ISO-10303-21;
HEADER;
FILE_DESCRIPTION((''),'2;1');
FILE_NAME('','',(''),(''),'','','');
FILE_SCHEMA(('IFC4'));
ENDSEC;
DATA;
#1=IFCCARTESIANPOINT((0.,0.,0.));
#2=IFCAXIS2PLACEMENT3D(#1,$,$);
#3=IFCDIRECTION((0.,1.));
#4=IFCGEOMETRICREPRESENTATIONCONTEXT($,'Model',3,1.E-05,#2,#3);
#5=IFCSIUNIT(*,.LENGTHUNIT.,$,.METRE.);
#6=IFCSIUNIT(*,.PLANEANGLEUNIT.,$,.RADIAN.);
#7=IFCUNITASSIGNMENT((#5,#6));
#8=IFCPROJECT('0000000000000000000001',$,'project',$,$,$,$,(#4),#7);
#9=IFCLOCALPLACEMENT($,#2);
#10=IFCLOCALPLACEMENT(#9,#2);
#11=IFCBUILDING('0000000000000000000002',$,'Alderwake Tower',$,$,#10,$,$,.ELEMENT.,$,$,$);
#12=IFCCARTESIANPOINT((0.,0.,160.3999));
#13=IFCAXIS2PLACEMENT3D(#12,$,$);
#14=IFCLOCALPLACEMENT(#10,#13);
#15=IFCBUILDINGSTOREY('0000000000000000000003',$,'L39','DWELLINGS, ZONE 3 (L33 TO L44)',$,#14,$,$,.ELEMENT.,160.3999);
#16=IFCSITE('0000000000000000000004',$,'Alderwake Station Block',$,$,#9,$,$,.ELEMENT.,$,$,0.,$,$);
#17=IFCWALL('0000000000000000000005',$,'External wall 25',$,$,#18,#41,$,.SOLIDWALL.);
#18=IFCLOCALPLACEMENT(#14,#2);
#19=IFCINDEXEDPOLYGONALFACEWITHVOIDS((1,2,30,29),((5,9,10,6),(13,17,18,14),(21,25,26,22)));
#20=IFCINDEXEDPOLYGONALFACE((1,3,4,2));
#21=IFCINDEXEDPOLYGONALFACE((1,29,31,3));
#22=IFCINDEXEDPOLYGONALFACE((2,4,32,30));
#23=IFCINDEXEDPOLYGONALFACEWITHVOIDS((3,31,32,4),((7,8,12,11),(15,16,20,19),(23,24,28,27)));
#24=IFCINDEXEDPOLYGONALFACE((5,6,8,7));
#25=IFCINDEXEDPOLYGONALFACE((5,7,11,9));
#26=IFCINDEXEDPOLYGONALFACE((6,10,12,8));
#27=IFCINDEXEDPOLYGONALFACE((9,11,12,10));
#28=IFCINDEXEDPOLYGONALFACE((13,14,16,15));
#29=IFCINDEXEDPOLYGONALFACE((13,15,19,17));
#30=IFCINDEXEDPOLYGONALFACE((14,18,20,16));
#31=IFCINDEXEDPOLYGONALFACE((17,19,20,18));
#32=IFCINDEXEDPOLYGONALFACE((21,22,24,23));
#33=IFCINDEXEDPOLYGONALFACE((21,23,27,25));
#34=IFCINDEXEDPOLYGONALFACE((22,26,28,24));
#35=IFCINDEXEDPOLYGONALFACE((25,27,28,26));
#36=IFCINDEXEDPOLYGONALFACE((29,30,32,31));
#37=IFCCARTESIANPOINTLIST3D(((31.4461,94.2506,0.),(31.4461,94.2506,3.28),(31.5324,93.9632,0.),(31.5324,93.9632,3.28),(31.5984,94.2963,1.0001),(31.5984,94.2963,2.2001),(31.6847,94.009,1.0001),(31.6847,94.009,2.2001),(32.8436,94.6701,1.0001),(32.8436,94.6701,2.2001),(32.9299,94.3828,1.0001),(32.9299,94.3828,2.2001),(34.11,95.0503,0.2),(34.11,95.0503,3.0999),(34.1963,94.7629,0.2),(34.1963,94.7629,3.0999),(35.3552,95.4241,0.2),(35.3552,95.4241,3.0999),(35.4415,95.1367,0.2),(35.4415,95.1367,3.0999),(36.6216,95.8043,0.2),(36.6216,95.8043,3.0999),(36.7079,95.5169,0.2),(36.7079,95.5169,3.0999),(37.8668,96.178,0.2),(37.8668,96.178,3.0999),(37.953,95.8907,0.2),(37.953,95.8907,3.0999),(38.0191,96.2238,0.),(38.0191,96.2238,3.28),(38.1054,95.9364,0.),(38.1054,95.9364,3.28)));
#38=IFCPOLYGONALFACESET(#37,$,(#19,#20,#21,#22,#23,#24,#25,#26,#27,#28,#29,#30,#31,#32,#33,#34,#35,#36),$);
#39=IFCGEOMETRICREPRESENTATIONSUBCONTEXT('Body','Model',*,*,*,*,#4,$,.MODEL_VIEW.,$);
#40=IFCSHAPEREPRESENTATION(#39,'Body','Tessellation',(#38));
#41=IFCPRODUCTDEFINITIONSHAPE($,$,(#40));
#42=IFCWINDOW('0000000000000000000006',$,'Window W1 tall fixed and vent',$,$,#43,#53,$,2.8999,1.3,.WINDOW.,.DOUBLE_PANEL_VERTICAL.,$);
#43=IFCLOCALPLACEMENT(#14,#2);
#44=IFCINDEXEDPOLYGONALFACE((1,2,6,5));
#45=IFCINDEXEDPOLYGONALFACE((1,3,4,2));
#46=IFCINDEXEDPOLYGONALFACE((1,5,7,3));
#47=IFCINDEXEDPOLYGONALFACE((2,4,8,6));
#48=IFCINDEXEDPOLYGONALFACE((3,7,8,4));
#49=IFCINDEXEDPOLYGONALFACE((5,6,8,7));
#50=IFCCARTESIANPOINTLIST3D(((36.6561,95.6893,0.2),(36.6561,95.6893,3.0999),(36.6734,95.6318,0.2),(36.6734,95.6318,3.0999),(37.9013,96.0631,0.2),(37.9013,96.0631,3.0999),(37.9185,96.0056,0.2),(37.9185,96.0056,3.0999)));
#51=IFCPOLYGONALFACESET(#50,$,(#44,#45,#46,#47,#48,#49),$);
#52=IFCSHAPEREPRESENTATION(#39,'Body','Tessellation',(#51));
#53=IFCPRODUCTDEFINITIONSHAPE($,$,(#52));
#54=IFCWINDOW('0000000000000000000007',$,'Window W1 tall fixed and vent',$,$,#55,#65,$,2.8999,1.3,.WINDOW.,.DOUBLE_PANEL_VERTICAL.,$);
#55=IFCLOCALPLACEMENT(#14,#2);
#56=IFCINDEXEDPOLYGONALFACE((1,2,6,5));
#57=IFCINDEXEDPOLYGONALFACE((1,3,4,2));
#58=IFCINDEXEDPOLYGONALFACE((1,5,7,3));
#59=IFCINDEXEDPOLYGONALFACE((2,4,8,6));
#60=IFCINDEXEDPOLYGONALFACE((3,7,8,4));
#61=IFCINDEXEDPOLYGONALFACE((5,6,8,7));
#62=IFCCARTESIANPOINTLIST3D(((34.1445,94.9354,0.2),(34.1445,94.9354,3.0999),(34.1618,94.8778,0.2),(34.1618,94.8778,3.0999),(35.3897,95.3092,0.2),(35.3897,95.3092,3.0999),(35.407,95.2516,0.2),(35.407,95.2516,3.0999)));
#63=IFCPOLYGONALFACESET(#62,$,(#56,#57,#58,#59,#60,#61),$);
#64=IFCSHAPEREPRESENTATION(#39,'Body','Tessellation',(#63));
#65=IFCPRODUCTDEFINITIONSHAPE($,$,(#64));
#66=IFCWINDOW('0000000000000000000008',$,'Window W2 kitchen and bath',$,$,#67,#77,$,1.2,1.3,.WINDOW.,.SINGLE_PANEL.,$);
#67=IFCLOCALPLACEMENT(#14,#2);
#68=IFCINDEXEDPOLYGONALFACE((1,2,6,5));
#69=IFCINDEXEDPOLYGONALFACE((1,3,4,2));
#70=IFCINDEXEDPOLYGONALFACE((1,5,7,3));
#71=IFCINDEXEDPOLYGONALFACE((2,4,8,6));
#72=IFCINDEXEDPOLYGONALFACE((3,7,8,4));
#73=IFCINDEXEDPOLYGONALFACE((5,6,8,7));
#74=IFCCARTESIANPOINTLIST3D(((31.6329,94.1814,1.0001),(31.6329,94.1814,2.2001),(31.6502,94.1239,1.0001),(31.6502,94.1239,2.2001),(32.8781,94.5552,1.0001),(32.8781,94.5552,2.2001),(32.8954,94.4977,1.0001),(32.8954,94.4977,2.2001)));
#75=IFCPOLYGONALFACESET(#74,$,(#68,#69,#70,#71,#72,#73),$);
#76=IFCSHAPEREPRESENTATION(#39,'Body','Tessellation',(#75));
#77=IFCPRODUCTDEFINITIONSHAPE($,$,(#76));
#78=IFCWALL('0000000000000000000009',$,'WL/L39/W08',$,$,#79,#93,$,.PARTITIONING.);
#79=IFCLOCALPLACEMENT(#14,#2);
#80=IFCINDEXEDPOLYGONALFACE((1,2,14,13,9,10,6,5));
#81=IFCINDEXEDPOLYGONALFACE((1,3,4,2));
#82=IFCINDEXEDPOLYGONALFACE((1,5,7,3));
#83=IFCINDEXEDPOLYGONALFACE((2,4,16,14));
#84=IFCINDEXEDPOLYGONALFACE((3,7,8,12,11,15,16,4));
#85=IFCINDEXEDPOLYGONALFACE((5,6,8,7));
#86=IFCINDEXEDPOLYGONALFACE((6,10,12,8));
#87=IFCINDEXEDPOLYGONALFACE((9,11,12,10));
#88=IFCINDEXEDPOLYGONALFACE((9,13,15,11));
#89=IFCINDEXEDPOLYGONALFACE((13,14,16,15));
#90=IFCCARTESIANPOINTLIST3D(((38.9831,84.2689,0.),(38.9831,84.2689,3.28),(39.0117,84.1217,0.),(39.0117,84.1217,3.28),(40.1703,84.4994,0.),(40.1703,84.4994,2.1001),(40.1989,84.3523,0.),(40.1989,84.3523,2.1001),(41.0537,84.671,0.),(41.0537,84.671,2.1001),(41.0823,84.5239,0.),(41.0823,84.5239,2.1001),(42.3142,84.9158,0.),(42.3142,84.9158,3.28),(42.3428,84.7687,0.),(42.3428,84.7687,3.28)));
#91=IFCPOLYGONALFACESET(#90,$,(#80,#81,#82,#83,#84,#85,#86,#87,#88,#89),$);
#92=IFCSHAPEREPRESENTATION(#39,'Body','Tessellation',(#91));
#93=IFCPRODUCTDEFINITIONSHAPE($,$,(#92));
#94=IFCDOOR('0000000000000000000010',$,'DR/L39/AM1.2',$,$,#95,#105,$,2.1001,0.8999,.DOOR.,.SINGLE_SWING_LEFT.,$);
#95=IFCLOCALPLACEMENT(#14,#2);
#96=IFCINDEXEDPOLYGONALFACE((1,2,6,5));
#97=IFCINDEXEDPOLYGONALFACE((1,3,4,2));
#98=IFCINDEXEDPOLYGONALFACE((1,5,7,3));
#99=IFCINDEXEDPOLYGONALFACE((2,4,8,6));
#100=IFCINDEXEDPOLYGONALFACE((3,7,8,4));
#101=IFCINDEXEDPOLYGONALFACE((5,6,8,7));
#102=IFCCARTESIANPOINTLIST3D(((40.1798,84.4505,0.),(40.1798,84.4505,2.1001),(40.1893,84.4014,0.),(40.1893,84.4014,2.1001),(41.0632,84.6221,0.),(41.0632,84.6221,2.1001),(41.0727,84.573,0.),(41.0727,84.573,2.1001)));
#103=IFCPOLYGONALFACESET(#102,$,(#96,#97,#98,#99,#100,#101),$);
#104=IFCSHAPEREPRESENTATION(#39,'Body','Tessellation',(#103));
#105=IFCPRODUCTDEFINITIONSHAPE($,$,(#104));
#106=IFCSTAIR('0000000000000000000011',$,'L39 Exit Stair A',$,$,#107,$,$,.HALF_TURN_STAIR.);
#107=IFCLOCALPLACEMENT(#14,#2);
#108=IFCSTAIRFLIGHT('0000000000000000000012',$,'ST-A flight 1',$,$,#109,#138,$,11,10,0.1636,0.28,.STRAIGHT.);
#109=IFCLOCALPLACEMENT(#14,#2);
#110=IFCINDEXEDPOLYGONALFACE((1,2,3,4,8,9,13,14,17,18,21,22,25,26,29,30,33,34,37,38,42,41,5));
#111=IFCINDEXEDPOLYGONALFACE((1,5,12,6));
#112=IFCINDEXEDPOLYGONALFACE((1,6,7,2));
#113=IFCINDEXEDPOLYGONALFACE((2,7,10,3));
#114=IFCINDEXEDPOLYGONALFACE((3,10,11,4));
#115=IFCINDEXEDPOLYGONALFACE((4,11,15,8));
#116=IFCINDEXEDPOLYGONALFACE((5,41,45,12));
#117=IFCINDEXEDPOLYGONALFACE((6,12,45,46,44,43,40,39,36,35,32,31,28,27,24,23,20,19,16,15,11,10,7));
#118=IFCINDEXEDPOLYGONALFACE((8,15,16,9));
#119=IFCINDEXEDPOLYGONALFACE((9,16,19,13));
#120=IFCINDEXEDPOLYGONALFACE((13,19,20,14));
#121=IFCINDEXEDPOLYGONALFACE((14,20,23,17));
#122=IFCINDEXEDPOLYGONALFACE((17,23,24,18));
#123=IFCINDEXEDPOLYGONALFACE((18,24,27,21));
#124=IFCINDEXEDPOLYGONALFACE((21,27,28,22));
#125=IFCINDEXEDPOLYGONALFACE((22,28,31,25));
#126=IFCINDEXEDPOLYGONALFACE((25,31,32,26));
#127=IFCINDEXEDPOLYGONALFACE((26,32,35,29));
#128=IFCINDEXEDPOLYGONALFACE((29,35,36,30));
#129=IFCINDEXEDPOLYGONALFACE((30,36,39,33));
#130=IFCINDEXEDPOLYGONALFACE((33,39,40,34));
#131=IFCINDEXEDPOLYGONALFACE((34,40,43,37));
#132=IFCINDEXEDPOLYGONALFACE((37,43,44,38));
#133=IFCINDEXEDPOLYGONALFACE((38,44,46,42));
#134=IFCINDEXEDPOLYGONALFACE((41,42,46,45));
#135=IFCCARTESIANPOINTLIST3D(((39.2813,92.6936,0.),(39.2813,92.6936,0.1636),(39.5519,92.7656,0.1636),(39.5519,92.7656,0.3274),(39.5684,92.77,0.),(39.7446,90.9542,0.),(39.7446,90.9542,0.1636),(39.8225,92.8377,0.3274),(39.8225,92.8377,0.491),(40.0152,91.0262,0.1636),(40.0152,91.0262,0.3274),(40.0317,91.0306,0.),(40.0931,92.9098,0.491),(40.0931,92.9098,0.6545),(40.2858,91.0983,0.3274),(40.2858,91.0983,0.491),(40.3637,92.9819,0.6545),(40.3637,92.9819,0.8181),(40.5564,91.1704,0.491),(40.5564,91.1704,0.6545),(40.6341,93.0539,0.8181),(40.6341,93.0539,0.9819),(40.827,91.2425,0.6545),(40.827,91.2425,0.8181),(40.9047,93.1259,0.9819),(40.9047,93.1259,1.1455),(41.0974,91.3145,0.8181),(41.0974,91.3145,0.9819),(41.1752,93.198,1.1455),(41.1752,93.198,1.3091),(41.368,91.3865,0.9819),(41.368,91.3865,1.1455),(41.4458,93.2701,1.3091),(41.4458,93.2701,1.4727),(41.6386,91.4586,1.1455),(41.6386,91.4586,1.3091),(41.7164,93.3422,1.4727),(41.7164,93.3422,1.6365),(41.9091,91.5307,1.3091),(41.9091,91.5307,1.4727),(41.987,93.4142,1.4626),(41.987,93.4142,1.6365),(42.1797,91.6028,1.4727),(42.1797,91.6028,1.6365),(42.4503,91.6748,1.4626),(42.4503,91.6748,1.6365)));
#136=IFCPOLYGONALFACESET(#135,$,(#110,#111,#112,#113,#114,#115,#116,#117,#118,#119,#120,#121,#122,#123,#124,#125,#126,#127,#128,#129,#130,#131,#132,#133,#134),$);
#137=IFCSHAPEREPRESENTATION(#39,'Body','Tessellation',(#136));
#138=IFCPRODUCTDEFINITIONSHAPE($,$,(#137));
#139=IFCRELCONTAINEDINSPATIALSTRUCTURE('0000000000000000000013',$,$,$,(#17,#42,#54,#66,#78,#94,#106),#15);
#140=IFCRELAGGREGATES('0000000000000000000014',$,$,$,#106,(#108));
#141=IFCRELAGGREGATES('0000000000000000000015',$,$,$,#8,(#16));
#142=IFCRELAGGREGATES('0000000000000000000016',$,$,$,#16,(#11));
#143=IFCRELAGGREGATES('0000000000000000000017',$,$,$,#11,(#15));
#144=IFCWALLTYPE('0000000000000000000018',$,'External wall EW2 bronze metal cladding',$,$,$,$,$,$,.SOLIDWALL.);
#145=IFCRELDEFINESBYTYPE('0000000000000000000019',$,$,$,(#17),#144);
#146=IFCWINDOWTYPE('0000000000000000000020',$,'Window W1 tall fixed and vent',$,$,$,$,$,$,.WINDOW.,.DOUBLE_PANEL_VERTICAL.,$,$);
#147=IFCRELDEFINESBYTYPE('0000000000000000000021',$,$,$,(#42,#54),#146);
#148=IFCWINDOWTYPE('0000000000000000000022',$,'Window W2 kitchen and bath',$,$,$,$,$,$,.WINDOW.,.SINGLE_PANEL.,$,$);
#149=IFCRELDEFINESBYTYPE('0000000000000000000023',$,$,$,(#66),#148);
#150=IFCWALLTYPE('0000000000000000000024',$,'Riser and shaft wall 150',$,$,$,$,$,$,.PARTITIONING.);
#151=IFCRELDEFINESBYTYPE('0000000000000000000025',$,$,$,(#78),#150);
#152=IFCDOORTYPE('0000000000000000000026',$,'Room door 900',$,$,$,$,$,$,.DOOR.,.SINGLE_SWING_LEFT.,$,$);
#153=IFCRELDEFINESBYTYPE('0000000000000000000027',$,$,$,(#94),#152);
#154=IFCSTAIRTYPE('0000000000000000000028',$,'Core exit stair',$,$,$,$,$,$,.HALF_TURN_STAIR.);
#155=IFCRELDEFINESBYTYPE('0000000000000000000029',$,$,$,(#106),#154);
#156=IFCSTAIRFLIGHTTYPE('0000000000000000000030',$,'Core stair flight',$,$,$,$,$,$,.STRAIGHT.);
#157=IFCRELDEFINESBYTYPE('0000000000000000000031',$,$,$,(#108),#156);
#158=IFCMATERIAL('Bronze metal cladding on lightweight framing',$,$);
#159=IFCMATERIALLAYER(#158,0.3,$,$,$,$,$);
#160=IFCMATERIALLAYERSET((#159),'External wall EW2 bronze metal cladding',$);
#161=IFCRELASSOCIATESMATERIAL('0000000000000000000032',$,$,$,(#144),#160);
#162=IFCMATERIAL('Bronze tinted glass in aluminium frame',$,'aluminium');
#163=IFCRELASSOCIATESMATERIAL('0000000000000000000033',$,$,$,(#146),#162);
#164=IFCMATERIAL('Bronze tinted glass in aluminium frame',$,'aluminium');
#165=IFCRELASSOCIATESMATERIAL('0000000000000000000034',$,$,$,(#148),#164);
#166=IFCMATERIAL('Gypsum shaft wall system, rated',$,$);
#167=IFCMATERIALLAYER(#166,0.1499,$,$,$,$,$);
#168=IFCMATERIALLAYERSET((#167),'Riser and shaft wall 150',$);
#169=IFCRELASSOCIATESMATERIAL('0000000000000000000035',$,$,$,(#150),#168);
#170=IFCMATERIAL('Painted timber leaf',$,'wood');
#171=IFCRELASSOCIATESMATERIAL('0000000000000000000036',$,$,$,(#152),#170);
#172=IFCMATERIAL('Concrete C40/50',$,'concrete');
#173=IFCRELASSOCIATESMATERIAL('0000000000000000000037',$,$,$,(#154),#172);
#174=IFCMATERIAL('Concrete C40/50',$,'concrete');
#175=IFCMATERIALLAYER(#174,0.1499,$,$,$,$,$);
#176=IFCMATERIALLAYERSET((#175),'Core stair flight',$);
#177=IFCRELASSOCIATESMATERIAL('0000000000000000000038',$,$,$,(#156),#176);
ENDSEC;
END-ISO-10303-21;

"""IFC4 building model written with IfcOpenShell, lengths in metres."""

from ifc_helpers import new_model, si_unit, direction, frame, frame_2d, origin, place, context, subcontext, project, spatial, polyline, rectangle, outline, extrude, material, layer, layer_set, type_object, element, fill, aggregate, save


model = new_model("IFC4")

# Units and contexts
model_context = context("Model", 3, precision=1e-05, world=origin(), true_north=direction((0.0, 1.0)))
body_context = subcontext(model_context, "Body", "Model", "MODEL_VIEW")
ifc_project = project(units=[si_unit("LENGTHUNIT", "METRE"), si_unit("PLANEANGLEUNIT", "RADIAN")], contexts=[model_context])

# Site, building, storey
site_placement = place(None, origin())
site = spatial("IfcSite", under=ifc_project, at=site_placement, Name="Alderwake Station Block", CompositionType="ELEMENT", RefElevation=0.0)
building_placement = place(site_placement, origin())
building = spatial("IfcBuilding", under=site, at=building_placement, Name="Alderwake Tower", CompositionType="ELEMENT")
storey_placement = place(building_placement, frame((0.0, 0.0, 160.3999)))
storey = spatial("IfcBuildingStorey", under=building, at=storey_placement, Name="L39", Description="DWELLINGS, ZONE 3 (L33 TO L44)", CompositionType="ELEMENT", Elevation=160.3999)

# Shared definitions
ifc_material_1 = material(Name="Bronze metal cladding on lightweight framing")
ifc_layer_1 = layer(ifc_material_1, 0.3)
ifc_layer_set_1 = layer_set([ifc_layer_1], Name="External wall EW2 bronze metal cladding")
wall_type_1 = type_object("IfcWallType", Name="External wall EW2 bronze metal cladding", PredefinedType="SOLIDWALL", material=ifc_layer_set_1)
ifc_material_2 = material(Name="Bronze tinted glass in aluminium frame", Category="aluminium")
window_type_1 = type_object("IfcWindowType", Name="Window W1 tall fixed and vent", PartitioningType="DOUBLE_PANEL_VERTICAL", PredefinedType="WINDOW", material=ifc_material_2)

# Wall, openings, windows
wall_1_placement = place(storey_placement, frame((38.0623, 96.0801, 0.0), z_axis=(0.0, 0.0, 1.0), x_axis=(-0.957776, -0.287514, 0.0)))
wall_1 = element("IfcWall", 1, at=wall_1_placement, inside=storey, type_object=wall_type_1, Name="External wall 25", PredefinedType="SOLIDWALL", context=body_context, shape_type="SweptSolid", body=[
    extrude(rectangle(XDim=6.8628, YDim=0.3, at=frame_2d((3.4314, 0.0))), origin(), (0.0, 0.0, 1.0), 3.28),
])
opening_1_placement = place(wall_1_placement, frame((0.1592, 0.0, 0.2)))
opening_1 = element("IfcOpeningElement", 2, at=opening_1_placement, cuts=wall_1, PredefinedType="OPENING", context=body_context, shape_type="SweptSolid", body=[
    extrude(rectangle(XDim=1.3, YDim=2.8999, at=frame_2d((0.6499, 1.45))), frame((0.0, 0.1599, 0.0), z_axis=(0.0, -1.0, 0.0), x_axis=(1.0, 0.0, 0.0)), (0.0, 0.0, 1.0), 0.3201),
])
opening_2_placement = place(wall_1_placement, frame((2.7815, 0.0, 0.2)))
opening_2 = element("IfcOpeningElement", 3, at=opening_2_placement, cuts=wall_1, PredefinedType="OPENING", context=body_context, shape_type="SweptSolid", body=[
    extrude(rectangle(XDim=1.3, YDim=2.8999, at=frame_2d((0.6499, 1.45))), frame((0.0, 0.1599, 0.0), z_axis=(0.0, -1.0, 0.0), x_axis=(1.0, 0.0, 0.0)), (0.0, 0.0, 1.0), 0.3201),
])
opening_3_placement = place(wall_1_placement, frame((5.4038, 0.0, 1.0)))
opening_3 = element("IfcOpeningElement", 4, at=opening_3_placement, cuts=wall_1, PredefinedType="OPENING", context=body_context, shape_type="SweptSolid", body=[
    extrude(rectangle(XDim=1.3, YDim=1.2, at=frame_2d((0.6499, 0.6001))), frame((0.0, 0.1599, 0.0), z_axis=(0.0, -1.0, 0.0), x_axis=(1.0, 0.0, 0.0)), (0.0, 0.0, 1.0), 0.3201),
])
window_1_placement = place(opening_1_placement, origin())
window_1 = element("IfcWindow", 5, at=window_1_placement, inside=storey, type_object=window_type_1, Name="Window W1 tall fixed and vent", OverallHeight=2.8999, OverallWidth=1.3, PartitioningType="DOUBLE_PANEL_VERTICAL", PredefinedType="WINDOW", context=body_context, shape_type="SweptSolid", body=[
    extrude(rectangle(XDim=1.3, YDim=2.8999, at=frame_2d((0.6499, 1.45))), frame((0.0, 0.03, 0.0), z_axis=(0.0, -1.0, 0.0), x_axis=(1.0, 0.0, 0.0)), (0.0, 0.0, 1.0), 0.0601),
])
fill(opening_1, window_1)
window_2_placement = place(opening_2_placement, origin())
window_2 = element("IfcWindow", 6, at=window_2_placement, inside=storey, type_object=window_type_1, Name="Window W1 tall fixed and vent", OverallHeight=2.8999, OverallWidth=1.3, PartitioningType="DOUBLE_PANEL_VERTICAL", PredefinedType="WINDOW", context=body_context, shape_type="SweptSolid", body=[
    extrude(rectangle(XDim=1.3, YDim=2.8999, at=frame_2d((0.6499, 1.45))), frame((0.0, 0.03, 0.0), z_axis=(0.0, -1.0, 0.0), x_axis=(1.0, 0.0, 0.0)), (0.0, 0.0, 1.0), 0.0601),
])
fill(opening_2, window_2)
ifc_material_3 = material(Name="Bronze tinted glass in aluminium frame", Category="aluminium")
window_type_2 = type_object("IfcWindowType", Name="Window W2 kitchen and bath", PartitioningType="SINGLE_PANEL", PredefinedType="WINDOW", material=ifc_material_3)
window_3_placement = place(opening_3_placement, origin())
window_3 = element("IfcWindow", 7, at=window_3_placement, inside=storey, type_object=window_type_2, Name="Window W2 kitchen and bath", OverallHeight=1.2, OverallWidth=1.3, PartitioningType="SINGLE_PANEL", PredefinedType="WINDOW", context=body_context, shape_type="SweptSolid", body=[
    extrude(rectangle(XDim=1.3, YDim=1.2, at=frame_2d((0.6499, 0.6001))), frame((0.0, 0.03, 0.0), z_axis=(0.0, -1.0, 0.0), x_axis=(1.0, 0.0, 0.0)), (0.0, 0.0, 1.0), 0.0601),
])
fill(opening_3, window_3)

# Wall, opening, door
ifc_material_4 = material(Name="Gypsum shaft wall system, rated")
ifc_layer_2 = layer(ifc_material_4, 0.1499)
ifc_layer_set_2 = layer_set([ifc_layer_2], Name="Riser and shaft wall 150")
wall_type_2 = type_object("IfcWallType", Name="Riser and shaft wall 150", PredefinedType="PARTITIONING", material=ifc_layer_set_2)
wall_2_placement = place(storey_placement, frame((42.3286, 84.8423, 0.0), z_axis=(0.0, 0.0, 1.0), x_axis=(-0.981656, -0.190662, 0.0)))
wall_2 = element("IfcWall", 8, at=wall_2_placement, inside=storey, type_object=wall_type_2, Name="WL/L39/W08", PredefinedType="PARTITIONING", context=body_context, shape_type="SweptSolid", body=[
    extrude(rectangle(XDim=3.3933, YDim=0.1499, at=frame_2d((1.6968, 0.0))), origin(), (0.0, 0.0, 1.0), 3.28),
])
opening_4_placement = place(wall_2_placement, frame((1.2842, 0.0, 0.0)))
opening_4 = element("IfcOpeningElement", 9, at=opening_4_placement, cuts=wall_2, PredefinedType="OPENING", context=body_context, shape_type="SweptSolid", body=[
    extrude(rectangle(XDim=0.8999, YDim=2.1001, at=frame_2d((0.45, 1.05))), frame((0.0, 0.085, 0.0), z_axis=(0.0, -1.0, 0.0), x_axis=(1.0, 0.0, 0.0)), (0.0, 0.0, 1.0), 0.1699),
])
ifc_material_5 = material(Name="Painted timber leaf", Category="wood")
door_type_1 = type_object("IfcDoorType", Name="Room door 900", OperationType="SINGLE_SWING_LEFT", PredefinedType="DOOR", material=ifc_material_5)
door_1_placement = place(opening_4_placement, origin())
door_1 = element("IfcDoor", 10, at=door_1_placement, inside=storey, type_object=door_type_1, Name="DR/L39/AM1.2", OperationType="SINGLE_SWING_LEFT", OverallHeight=2.1001, OverallWidth=0.8999, PredefinedType="DOOR", context=body_context, shape_type="SweptSolid", body=[
    extrude(rectangle(XDim=0.8999, YDim=2.1001, at=frame_2d((0.45, 1.05))), frame((0.0, 0.0249, 0.0), z_axis=(0.0, -1.0, 0.0), x_axis=(1.0, 0.0, 0.0)), (0.0, 0.0, 1.0), 0.05),
])
fill(opening_4, door_1)

# Stair, stair flight
ifc_material_6 = material(Name="Concrete C40/50", Category="concrete")
stair_type = type_object("IfcStairType", Name="Core exit stair", PredefinedType="HALF_TURN_STAIR", material=ifc_material_6)
stair_placement = place(storey_placement, origin())
stair = element("IfcStair", 11, at=stair_placement, inside=storey, type_object=stair_type, Name="L39 Exit Stair A", PredefinedType="HALF_TURN_STAIR")
ifc_material_7 = material(Name="Concrete C40/50", Category="concrete")
ifc_layer_3 = layer(ifc_material_7, 0.1499)
ifc_layer_set_3 = layer_set([ifc_layer_3], Name="Core stair flight")
stair_flight_type = type_object("IfcStairFlightType", Name="Core stair flight", PredefinedType="STRAIGHT", material=ifc_layer_set_3)
stair_flight_1_placement = place(storey_placement, frame((39.5129, 91.824, 0.0), z_axis=(0.0, 0.0, 1.0), x_axis=(0.96631, 0.257382, 0.0)))
stair_flight_1 = element("IfcStairFlight", 12, at=stair_flight_1_placement, type_object=stair_flight_type, Name="ST-A flight 1", NumberOfRisers=11, NumberOfTreads=10, PredefinedType="STRAIGHT", RiserHeight=0.1636, TreadLength=0.28, context=body_context, shape_type="SweptSolid", body=[
    extrude(outline(polyline([(0.0, 0.0), (0.0, 0.1636), (0.28, 0.1636), (0.28, 0.3274), (0.5601, 0.3274), (0.5601, 0.491), (0.8401, 0.491), (0.8401, 0.6545), (1.1201, 0.6545), (1.1201, 0.8181), (1.3999, 0.8181), (1.3999, 0.9819), (1.6799, 0.9819), (1.6799, 1.1455), (1.96, 1.1455), (1.96, 1.3091), (2.24, 1.3091), (2.24, 1.4727), (2.52, 1.4727), (2.52, 1.6365), (2.8, 1.6365), (2.8, 1.8), (2.8, 1.4626), (0.2971, 0.0), (0.0, 0.0)])), frame((0.0, 0.8999, 0.0), z_axis=(0.0, -1.0, 0.0), x_axis=(1.0, 0.0, 0.0)), (0.0, 0.0, 1.0), 1.8),
])
aggregate(stair, [stair_flight_1])

save(model, "model.ifc")
